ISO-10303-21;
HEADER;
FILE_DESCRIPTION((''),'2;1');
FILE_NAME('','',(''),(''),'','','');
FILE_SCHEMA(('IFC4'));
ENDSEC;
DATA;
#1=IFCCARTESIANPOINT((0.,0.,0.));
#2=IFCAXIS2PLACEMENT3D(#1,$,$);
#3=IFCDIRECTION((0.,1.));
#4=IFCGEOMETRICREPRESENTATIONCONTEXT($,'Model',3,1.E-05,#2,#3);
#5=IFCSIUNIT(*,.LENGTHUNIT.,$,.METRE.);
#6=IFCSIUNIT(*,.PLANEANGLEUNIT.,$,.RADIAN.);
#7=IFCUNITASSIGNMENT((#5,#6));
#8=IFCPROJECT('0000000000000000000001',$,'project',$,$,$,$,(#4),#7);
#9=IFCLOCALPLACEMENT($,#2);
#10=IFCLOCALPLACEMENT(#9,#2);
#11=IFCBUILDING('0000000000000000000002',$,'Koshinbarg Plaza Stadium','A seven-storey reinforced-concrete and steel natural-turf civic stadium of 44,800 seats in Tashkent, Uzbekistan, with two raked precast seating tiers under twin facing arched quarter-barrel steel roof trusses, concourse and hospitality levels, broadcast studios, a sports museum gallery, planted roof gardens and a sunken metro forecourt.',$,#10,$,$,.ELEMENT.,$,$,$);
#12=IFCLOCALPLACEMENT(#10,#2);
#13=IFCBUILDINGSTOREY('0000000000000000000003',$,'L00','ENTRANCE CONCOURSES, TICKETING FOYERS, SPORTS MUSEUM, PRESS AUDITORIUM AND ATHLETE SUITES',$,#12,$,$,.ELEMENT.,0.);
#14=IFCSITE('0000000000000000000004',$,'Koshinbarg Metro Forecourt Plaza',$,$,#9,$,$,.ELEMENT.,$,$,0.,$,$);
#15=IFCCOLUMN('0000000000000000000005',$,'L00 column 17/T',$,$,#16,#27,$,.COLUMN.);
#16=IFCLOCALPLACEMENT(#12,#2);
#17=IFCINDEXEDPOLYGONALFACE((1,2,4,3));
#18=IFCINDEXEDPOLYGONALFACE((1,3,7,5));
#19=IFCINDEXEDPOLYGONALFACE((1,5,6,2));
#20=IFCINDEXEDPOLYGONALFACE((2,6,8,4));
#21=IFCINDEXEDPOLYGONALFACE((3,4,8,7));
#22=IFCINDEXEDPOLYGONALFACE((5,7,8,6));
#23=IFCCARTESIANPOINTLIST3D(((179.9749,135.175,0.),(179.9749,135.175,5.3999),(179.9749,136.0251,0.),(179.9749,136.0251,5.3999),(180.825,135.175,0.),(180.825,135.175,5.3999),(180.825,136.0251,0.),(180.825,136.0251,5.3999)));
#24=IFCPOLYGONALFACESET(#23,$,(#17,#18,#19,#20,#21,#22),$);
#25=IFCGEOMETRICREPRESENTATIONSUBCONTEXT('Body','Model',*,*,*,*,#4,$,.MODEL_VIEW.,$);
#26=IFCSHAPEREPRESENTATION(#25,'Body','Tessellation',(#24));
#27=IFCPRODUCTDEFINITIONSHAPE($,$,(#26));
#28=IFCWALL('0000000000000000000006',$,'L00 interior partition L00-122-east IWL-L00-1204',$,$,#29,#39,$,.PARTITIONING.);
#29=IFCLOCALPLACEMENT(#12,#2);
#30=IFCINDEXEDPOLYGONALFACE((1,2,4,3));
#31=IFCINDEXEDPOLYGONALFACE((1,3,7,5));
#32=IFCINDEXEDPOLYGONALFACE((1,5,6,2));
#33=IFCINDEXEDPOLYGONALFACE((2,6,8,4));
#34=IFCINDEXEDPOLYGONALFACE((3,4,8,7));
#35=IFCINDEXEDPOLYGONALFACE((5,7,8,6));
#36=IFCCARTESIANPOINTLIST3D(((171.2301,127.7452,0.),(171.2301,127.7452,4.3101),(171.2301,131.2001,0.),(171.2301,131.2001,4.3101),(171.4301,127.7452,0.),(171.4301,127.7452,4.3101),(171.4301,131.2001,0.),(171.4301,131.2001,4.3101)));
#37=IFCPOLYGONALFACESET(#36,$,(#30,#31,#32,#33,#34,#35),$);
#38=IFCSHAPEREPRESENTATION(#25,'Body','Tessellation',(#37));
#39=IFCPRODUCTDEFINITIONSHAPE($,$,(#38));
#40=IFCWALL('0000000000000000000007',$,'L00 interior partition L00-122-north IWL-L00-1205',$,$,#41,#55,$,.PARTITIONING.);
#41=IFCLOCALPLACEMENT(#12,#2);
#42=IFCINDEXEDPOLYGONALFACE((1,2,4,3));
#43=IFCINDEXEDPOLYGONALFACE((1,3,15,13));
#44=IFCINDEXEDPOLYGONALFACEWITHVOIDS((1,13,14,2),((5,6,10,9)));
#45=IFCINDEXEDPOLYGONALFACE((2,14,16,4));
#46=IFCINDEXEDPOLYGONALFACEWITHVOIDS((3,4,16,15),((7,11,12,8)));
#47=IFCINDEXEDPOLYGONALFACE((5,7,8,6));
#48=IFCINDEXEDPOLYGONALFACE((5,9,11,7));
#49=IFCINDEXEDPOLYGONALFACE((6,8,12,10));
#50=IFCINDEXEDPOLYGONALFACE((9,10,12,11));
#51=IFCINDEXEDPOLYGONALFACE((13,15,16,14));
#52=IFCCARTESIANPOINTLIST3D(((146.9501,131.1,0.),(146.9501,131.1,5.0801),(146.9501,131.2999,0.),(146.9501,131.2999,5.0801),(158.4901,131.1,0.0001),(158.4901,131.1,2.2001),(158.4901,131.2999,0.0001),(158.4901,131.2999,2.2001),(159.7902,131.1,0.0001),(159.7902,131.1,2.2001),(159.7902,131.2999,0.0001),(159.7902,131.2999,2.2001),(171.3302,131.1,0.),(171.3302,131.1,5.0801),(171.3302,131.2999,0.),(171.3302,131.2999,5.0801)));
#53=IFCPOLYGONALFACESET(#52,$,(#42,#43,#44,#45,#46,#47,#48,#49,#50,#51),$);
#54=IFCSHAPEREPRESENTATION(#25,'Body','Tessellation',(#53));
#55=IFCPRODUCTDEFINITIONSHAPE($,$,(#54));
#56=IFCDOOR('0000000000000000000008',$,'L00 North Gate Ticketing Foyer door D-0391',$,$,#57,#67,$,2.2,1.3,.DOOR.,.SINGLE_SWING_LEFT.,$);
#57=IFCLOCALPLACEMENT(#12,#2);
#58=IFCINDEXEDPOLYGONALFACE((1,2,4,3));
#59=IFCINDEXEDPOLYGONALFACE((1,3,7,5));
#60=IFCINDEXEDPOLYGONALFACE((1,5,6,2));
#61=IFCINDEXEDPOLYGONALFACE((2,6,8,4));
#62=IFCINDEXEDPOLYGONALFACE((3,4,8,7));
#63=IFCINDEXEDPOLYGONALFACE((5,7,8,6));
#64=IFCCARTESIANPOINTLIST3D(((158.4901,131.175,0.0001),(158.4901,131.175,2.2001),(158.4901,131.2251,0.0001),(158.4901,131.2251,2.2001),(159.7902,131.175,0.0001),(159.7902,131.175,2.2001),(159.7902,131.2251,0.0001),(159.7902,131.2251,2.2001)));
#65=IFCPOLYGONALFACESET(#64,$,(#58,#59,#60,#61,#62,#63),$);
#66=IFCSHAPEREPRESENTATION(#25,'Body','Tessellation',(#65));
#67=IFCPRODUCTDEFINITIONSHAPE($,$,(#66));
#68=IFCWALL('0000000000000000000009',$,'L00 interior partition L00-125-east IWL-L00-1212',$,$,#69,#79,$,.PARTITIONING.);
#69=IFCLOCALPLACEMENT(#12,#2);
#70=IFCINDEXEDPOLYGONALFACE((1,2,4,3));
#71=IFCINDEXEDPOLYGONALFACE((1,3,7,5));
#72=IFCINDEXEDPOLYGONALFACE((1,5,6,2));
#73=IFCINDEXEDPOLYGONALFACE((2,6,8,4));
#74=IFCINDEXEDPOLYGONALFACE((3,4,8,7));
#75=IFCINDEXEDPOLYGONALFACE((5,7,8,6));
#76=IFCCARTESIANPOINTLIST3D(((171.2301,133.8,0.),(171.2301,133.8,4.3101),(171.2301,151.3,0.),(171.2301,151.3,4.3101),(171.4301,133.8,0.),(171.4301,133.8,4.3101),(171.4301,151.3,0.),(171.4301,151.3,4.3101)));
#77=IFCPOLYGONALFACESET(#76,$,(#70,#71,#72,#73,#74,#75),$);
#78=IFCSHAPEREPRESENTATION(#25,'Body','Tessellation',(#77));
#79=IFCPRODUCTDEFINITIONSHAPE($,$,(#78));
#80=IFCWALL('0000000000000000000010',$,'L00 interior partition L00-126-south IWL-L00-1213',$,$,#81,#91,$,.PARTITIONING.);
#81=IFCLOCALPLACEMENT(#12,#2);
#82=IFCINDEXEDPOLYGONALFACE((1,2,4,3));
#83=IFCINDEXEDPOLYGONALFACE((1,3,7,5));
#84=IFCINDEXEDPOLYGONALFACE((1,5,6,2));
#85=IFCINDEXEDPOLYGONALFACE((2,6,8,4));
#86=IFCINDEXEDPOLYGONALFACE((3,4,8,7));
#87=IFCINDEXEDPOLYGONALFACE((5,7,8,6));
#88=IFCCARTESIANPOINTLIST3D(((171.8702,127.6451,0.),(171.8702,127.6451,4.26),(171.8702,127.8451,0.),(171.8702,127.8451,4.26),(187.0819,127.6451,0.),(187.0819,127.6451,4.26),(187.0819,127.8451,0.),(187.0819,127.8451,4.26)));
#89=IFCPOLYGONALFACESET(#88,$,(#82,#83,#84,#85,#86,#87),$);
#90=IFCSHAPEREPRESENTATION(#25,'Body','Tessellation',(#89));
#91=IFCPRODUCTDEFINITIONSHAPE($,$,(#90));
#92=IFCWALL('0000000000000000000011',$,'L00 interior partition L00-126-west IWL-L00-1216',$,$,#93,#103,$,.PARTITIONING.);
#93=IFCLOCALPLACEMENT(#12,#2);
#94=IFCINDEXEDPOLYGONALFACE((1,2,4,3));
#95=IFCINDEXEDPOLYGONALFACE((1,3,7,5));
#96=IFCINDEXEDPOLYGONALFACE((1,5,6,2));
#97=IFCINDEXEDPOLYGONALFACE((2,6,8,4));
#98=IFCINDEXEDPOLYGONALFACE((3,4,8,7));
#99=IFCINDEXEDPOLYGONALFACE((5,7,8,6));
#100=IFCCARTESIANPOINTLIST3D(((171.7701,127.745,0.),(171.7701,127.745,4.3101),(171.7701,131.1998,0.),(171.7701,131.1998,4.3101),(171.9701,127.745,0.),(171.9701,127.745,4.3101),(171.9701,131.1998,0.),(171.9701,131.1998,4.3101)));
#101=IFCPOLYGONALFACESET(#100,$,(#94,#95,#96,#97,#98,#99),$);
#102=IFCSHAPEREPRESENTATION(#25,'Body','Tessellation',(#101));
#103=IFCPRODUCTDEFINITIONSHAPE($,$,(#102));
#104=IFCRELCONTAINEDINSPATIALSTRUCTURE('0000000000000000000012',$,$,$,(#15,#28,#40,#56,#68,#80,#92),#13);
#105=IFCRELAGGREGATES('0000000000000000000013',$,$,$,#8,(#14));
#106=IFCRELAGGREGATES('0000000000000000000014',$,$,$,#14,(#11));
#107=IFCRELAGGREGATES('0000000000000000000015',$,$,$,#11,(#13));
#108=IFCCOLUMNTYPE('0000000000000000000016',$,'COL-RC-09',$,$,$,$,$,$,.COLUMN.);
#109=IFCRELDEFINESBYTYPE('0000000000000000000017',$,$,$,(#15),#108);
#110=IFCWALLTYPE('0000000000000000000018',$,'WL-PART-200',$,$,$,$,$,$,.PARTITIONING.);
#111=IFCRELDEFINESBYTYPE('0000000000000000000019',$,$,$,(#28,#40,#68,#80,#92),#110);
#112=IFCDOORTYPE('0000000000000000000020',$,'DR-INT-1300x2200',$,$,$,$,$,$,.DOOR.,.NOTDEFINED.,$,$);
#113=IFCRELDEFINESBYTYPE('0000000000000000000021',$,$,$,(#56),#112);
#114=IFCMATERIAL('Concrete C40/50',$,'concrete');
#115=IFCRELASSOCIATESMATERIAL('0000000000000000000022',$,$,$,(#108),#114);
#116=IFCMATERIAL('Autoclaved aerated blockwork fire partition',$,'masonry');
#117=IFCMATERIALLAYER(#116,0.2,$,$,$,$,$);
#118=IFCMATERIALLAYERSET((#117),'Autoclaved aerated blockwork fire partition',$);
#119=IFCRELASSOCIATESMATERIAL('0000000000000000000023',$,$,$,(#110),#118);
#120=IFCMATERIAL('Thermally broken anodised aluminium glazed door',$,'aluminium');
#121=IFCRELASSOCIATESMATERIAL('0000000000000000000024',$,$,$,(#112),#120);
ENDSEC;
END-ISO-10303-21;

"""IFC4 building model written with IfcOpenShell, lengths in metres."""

from ifc_helpers import new_model, si_unit, direction, frame, frame_2d, origin, origin_2d, place, context, subcontext, project, spatial, rectangle, extrude, material, layer, layer_set, material_profile, profile_set, type_object, element, fill, save


model = new_model("IFC4")

# Units and contexts
model_context = context("Model", 3, precision=1e-05, world=origin(), true_north=direction((0.0, 1.0)))
body_context = subcontext(model_context, "Body", "Model", "MODEL_VIEW")
ifc_project = project(units=[si_unit("LENGTHUNIT", "METRE"), si_unit("PLANEANGLEUNIT", "RADIAN")], contexts=[model_context])

# Site, building, storey
site_placement = place(None, origin())
site = spatial("IfcSite", under=ifc_project, at=site_placement, Name="Koshinbarg Metro Forecourt Plaza", CompositionType="ELEMENT", RefElevation=0.0)
building_placement = place(site_placement, origin())
building = spatial("IfcBuilding", under=site, at=building_placement, Name="Koshinbarg Plaza Stadium", Description="A seven-storey reinforced-concrete and steel natural-turf civic stadium of 44,800 seats in Tashkent, Uzbekistan, with two raked precast seating tiers under twin facing arched quarter-barrel steel roof trusses, concourse and hospitality levels, broadcast studios, a sports museum gallery, planted roof gardens and a sunken metro forecourt.", CompositionType="ELEMENT")
storey_placement = place(building_placement, origin())
storey = spatial("IfcBuildingStorey", under=building, at=storey_placement, Name="L00", Description="ENTRANCE CONCOURSES, TICKETING FOYERS, SPORTS MUSEUM, PRESS AUDITORIUM AND ATHLETE SUITES", CompositionType="ELEMENT", Elevation=0.0)

# Column
ifc_material_1 = material(Name="Concrete C40/50", Category="concrete")
ifc_material_profile_1 = material_profile(ifc_material_1, rectangle(XDim=0.8501, YDim=0.8501, at=origin_2d()), Name="RC 850x850")
ifc_profile_set_1 = profile_set([ifc_material_profile_1], Name="Concrete C40/50")
column_type_1 = type_object("IfcColumnType", Name="COL-RC-09", PredefinedType="COLUMN", material=ifc_profile_set_1)
column_1_placement = place(storey_placement, frame((180.3999, 135.6001, 0.0), z_axis=(0.0, 0.0, 1.0), x_axis=(1.0, 0.0, 0.0)))
element("IfcColumn", 1, at=column_1_placement, inside=storey, type_object=column_type_1, Name="L00 column 17/T", PredefinedType="COLUMN", context=body_context, shape_type="SweptSolid", body=[
    extrude(rectangle(XDim=0.8501, YDim=0.8501, at=origin_2d()), origin(), (0.0, 0.0, 1.0), 5.3999),
])

# Wall
ifc_material_2 = material(Name="Autoclaved aerated blockwork fire partition", Category="masonry")
ifc_layer = layer(ifc_material_2, 0.2)
ifc_layer_set = layer_set([ifc_layer], Name="Autoclaved aerated blockwork fire partition")
wall_type = type_object("IfcWallType", Name="WL-PART-200", PredefinedType="PARTITIONING", material=ifc_layer_set)
wall_1_placement = place(storey_placement, frame((171.3301, 127.7451, 0.0), z_axis=(0.0, 0.0, 1.0), x_axis=(0.0, 1.0, 0.0)))
element("IfcWall", 2, at=wall_1_placement, inside=storey, type_object=wall_type, Name="L00 interior partition L00-122-east IWL-L00-1204", PredefinedType="PARTITIONING", context=body_context, shape_type="SweptSolid", body=[
    extrude(rectangle(XDim=3.4548, YDim=0.2, at=frame_2d((1.7275, 0.0))), origin(), (0.0, 0.0, 1.0), 4.3101),
])

# Wall, opening, door
wall_2_placement = place(storey_placement, frame((171.3301, 131.2, 0.0), z_axis=(0.0, 0.0, 1.0), x_axis=(-1.0, 0.0, 0.0)))
wall_2 = element("IfcWall", 3, at=wall_2_placement, inside=storey, type_object=wall_type, Name="L00 interior partition L00-122-north IWL-L00-1205", PredefinedType="PARTITIONING", context=body_context, shape_type="SweptSolid", body=[
    extrude(rectangle(XDim=24.3801, YDim=0.2, at=frame_2d((12.1899, 0.0))), origin(), (0.0, 0.0, 1.0), 5.0801),
])
opening_placement = place(wall_2_placement, frame((11.54, 0.0, 0.0)))
opening = element("IfcOpeningElement", 4, at=opening_placement, cuts=wall_2, PredefinedType="OPENING", context=body_context, shape_type="SweptSolid", body=[
    extrude(rectangle(XDim=1.3, YDim=2.2, at=frame_2d((0.6499, 1.1001))), frame((0.0, 0.1099, 0.0), z_axis=(0.0, -1.0, 0.0), x_axis=(1.0, 0.0, 0.0)), (0.0, 0.0, 1.0), 0.22),
])
ifc_material_3 = material(Name="Thermally broken anodised aluminium glazed door", Category="aluminium")
door_type = type_object("IfcDoorType", Name="DR-INT-1300x2200", OperationType="NOTDEFINED", PredefinedType="DOOR", material=ifc_material_3)
door_placement = place(opening_placement, origin())
door = element("IfcDoor", 5, at=door_placement, inside=storey, type_object=door_type, Name="L00 North Gate Ticketing Foyer door D-0391", OperationType="SINGLE_SWING_LEFT", OverallHeight=2.2, OverallWidth=1.3, PredefinedType="DOOR", context=body_context, shape_type="SweptSolid", body=[
    extrude(rectangle(XDim=1.3, YDim=2.2, at=frame_2d((0.6499, 1.1001))), frame((0.0, 0.0249, 0.0), z_axis=(0.0, -1.0, 0.0), x_axis=(1.0, 0.0, 0.0)), (0.0, 0.0, 1.0), 0.05),
])
fill(opening, door)

# Walls
wall_3_placement = place(storey_placement, frame((171.3301, 133.8, 0.0), z_axis=(0.0, 0.0, 1.0), x_axis=(0.0, 1.0, 0.0)))
element("IfcWall", 6, at=wall_3_placement, inside=storey, type_object=wall_type, Name="L00 interior partition L00-125-east IWL-L00-1212", PredefinedType="PARTITIONING", context=body_context, shape_type="SweptSolid", body=[
    extrude(rectangle(XDim=17.5, YDim=0.2, at=frame_2d((8.75, 0.0))), origin(), (0.0, 0.0, 1.0), 4.3101),
])
wall_4_placement = place(storey_placement, frame((171.8701, 127.7451, 0.0), z_axis=(0.0, 0.0, 1.0), x_axis=(1.0, 0.0, 0.0)))
element("IfcWall", 7, at=wall_4_placement, inside=storey, type_object=wall_type, Name="L00 interior partition L00-126-south IWL-L00-1213", PredefinedType="PARTITIONING", context=body_context, shape_type="SweptSolid", body=[
    extrude(rectangle(XDim=15.2117, YDim=0.2, at=frame_2d((7.606, 0.0))), origin(), (0.0, 0.0, 1.0), 4.26),
])
wall_5_placement = place(storey_placement, frame((171.8701, 131.2, 0.0), z_axis=(0.0, 0.0, 1.0), x_axis=(0.0, -1.0, 0.0)))
element("IfcWall", 8, at=wall_5_placement, inside=storey, type_object=wall_type, Name="L00 interior partition L00-126-west IWL-L00-1216", PredefinedType="PARTITIONING", context=body_context, shape_type="SweptSolid", body=[
    extrude(rectangle(XDim=3.4548, YDim=0.2, at=frame_2d((1.7275, 0.0))), origin(), (0.0, 0.0, 1.0), 4.3101),
])

save(model, "model.ifc")
